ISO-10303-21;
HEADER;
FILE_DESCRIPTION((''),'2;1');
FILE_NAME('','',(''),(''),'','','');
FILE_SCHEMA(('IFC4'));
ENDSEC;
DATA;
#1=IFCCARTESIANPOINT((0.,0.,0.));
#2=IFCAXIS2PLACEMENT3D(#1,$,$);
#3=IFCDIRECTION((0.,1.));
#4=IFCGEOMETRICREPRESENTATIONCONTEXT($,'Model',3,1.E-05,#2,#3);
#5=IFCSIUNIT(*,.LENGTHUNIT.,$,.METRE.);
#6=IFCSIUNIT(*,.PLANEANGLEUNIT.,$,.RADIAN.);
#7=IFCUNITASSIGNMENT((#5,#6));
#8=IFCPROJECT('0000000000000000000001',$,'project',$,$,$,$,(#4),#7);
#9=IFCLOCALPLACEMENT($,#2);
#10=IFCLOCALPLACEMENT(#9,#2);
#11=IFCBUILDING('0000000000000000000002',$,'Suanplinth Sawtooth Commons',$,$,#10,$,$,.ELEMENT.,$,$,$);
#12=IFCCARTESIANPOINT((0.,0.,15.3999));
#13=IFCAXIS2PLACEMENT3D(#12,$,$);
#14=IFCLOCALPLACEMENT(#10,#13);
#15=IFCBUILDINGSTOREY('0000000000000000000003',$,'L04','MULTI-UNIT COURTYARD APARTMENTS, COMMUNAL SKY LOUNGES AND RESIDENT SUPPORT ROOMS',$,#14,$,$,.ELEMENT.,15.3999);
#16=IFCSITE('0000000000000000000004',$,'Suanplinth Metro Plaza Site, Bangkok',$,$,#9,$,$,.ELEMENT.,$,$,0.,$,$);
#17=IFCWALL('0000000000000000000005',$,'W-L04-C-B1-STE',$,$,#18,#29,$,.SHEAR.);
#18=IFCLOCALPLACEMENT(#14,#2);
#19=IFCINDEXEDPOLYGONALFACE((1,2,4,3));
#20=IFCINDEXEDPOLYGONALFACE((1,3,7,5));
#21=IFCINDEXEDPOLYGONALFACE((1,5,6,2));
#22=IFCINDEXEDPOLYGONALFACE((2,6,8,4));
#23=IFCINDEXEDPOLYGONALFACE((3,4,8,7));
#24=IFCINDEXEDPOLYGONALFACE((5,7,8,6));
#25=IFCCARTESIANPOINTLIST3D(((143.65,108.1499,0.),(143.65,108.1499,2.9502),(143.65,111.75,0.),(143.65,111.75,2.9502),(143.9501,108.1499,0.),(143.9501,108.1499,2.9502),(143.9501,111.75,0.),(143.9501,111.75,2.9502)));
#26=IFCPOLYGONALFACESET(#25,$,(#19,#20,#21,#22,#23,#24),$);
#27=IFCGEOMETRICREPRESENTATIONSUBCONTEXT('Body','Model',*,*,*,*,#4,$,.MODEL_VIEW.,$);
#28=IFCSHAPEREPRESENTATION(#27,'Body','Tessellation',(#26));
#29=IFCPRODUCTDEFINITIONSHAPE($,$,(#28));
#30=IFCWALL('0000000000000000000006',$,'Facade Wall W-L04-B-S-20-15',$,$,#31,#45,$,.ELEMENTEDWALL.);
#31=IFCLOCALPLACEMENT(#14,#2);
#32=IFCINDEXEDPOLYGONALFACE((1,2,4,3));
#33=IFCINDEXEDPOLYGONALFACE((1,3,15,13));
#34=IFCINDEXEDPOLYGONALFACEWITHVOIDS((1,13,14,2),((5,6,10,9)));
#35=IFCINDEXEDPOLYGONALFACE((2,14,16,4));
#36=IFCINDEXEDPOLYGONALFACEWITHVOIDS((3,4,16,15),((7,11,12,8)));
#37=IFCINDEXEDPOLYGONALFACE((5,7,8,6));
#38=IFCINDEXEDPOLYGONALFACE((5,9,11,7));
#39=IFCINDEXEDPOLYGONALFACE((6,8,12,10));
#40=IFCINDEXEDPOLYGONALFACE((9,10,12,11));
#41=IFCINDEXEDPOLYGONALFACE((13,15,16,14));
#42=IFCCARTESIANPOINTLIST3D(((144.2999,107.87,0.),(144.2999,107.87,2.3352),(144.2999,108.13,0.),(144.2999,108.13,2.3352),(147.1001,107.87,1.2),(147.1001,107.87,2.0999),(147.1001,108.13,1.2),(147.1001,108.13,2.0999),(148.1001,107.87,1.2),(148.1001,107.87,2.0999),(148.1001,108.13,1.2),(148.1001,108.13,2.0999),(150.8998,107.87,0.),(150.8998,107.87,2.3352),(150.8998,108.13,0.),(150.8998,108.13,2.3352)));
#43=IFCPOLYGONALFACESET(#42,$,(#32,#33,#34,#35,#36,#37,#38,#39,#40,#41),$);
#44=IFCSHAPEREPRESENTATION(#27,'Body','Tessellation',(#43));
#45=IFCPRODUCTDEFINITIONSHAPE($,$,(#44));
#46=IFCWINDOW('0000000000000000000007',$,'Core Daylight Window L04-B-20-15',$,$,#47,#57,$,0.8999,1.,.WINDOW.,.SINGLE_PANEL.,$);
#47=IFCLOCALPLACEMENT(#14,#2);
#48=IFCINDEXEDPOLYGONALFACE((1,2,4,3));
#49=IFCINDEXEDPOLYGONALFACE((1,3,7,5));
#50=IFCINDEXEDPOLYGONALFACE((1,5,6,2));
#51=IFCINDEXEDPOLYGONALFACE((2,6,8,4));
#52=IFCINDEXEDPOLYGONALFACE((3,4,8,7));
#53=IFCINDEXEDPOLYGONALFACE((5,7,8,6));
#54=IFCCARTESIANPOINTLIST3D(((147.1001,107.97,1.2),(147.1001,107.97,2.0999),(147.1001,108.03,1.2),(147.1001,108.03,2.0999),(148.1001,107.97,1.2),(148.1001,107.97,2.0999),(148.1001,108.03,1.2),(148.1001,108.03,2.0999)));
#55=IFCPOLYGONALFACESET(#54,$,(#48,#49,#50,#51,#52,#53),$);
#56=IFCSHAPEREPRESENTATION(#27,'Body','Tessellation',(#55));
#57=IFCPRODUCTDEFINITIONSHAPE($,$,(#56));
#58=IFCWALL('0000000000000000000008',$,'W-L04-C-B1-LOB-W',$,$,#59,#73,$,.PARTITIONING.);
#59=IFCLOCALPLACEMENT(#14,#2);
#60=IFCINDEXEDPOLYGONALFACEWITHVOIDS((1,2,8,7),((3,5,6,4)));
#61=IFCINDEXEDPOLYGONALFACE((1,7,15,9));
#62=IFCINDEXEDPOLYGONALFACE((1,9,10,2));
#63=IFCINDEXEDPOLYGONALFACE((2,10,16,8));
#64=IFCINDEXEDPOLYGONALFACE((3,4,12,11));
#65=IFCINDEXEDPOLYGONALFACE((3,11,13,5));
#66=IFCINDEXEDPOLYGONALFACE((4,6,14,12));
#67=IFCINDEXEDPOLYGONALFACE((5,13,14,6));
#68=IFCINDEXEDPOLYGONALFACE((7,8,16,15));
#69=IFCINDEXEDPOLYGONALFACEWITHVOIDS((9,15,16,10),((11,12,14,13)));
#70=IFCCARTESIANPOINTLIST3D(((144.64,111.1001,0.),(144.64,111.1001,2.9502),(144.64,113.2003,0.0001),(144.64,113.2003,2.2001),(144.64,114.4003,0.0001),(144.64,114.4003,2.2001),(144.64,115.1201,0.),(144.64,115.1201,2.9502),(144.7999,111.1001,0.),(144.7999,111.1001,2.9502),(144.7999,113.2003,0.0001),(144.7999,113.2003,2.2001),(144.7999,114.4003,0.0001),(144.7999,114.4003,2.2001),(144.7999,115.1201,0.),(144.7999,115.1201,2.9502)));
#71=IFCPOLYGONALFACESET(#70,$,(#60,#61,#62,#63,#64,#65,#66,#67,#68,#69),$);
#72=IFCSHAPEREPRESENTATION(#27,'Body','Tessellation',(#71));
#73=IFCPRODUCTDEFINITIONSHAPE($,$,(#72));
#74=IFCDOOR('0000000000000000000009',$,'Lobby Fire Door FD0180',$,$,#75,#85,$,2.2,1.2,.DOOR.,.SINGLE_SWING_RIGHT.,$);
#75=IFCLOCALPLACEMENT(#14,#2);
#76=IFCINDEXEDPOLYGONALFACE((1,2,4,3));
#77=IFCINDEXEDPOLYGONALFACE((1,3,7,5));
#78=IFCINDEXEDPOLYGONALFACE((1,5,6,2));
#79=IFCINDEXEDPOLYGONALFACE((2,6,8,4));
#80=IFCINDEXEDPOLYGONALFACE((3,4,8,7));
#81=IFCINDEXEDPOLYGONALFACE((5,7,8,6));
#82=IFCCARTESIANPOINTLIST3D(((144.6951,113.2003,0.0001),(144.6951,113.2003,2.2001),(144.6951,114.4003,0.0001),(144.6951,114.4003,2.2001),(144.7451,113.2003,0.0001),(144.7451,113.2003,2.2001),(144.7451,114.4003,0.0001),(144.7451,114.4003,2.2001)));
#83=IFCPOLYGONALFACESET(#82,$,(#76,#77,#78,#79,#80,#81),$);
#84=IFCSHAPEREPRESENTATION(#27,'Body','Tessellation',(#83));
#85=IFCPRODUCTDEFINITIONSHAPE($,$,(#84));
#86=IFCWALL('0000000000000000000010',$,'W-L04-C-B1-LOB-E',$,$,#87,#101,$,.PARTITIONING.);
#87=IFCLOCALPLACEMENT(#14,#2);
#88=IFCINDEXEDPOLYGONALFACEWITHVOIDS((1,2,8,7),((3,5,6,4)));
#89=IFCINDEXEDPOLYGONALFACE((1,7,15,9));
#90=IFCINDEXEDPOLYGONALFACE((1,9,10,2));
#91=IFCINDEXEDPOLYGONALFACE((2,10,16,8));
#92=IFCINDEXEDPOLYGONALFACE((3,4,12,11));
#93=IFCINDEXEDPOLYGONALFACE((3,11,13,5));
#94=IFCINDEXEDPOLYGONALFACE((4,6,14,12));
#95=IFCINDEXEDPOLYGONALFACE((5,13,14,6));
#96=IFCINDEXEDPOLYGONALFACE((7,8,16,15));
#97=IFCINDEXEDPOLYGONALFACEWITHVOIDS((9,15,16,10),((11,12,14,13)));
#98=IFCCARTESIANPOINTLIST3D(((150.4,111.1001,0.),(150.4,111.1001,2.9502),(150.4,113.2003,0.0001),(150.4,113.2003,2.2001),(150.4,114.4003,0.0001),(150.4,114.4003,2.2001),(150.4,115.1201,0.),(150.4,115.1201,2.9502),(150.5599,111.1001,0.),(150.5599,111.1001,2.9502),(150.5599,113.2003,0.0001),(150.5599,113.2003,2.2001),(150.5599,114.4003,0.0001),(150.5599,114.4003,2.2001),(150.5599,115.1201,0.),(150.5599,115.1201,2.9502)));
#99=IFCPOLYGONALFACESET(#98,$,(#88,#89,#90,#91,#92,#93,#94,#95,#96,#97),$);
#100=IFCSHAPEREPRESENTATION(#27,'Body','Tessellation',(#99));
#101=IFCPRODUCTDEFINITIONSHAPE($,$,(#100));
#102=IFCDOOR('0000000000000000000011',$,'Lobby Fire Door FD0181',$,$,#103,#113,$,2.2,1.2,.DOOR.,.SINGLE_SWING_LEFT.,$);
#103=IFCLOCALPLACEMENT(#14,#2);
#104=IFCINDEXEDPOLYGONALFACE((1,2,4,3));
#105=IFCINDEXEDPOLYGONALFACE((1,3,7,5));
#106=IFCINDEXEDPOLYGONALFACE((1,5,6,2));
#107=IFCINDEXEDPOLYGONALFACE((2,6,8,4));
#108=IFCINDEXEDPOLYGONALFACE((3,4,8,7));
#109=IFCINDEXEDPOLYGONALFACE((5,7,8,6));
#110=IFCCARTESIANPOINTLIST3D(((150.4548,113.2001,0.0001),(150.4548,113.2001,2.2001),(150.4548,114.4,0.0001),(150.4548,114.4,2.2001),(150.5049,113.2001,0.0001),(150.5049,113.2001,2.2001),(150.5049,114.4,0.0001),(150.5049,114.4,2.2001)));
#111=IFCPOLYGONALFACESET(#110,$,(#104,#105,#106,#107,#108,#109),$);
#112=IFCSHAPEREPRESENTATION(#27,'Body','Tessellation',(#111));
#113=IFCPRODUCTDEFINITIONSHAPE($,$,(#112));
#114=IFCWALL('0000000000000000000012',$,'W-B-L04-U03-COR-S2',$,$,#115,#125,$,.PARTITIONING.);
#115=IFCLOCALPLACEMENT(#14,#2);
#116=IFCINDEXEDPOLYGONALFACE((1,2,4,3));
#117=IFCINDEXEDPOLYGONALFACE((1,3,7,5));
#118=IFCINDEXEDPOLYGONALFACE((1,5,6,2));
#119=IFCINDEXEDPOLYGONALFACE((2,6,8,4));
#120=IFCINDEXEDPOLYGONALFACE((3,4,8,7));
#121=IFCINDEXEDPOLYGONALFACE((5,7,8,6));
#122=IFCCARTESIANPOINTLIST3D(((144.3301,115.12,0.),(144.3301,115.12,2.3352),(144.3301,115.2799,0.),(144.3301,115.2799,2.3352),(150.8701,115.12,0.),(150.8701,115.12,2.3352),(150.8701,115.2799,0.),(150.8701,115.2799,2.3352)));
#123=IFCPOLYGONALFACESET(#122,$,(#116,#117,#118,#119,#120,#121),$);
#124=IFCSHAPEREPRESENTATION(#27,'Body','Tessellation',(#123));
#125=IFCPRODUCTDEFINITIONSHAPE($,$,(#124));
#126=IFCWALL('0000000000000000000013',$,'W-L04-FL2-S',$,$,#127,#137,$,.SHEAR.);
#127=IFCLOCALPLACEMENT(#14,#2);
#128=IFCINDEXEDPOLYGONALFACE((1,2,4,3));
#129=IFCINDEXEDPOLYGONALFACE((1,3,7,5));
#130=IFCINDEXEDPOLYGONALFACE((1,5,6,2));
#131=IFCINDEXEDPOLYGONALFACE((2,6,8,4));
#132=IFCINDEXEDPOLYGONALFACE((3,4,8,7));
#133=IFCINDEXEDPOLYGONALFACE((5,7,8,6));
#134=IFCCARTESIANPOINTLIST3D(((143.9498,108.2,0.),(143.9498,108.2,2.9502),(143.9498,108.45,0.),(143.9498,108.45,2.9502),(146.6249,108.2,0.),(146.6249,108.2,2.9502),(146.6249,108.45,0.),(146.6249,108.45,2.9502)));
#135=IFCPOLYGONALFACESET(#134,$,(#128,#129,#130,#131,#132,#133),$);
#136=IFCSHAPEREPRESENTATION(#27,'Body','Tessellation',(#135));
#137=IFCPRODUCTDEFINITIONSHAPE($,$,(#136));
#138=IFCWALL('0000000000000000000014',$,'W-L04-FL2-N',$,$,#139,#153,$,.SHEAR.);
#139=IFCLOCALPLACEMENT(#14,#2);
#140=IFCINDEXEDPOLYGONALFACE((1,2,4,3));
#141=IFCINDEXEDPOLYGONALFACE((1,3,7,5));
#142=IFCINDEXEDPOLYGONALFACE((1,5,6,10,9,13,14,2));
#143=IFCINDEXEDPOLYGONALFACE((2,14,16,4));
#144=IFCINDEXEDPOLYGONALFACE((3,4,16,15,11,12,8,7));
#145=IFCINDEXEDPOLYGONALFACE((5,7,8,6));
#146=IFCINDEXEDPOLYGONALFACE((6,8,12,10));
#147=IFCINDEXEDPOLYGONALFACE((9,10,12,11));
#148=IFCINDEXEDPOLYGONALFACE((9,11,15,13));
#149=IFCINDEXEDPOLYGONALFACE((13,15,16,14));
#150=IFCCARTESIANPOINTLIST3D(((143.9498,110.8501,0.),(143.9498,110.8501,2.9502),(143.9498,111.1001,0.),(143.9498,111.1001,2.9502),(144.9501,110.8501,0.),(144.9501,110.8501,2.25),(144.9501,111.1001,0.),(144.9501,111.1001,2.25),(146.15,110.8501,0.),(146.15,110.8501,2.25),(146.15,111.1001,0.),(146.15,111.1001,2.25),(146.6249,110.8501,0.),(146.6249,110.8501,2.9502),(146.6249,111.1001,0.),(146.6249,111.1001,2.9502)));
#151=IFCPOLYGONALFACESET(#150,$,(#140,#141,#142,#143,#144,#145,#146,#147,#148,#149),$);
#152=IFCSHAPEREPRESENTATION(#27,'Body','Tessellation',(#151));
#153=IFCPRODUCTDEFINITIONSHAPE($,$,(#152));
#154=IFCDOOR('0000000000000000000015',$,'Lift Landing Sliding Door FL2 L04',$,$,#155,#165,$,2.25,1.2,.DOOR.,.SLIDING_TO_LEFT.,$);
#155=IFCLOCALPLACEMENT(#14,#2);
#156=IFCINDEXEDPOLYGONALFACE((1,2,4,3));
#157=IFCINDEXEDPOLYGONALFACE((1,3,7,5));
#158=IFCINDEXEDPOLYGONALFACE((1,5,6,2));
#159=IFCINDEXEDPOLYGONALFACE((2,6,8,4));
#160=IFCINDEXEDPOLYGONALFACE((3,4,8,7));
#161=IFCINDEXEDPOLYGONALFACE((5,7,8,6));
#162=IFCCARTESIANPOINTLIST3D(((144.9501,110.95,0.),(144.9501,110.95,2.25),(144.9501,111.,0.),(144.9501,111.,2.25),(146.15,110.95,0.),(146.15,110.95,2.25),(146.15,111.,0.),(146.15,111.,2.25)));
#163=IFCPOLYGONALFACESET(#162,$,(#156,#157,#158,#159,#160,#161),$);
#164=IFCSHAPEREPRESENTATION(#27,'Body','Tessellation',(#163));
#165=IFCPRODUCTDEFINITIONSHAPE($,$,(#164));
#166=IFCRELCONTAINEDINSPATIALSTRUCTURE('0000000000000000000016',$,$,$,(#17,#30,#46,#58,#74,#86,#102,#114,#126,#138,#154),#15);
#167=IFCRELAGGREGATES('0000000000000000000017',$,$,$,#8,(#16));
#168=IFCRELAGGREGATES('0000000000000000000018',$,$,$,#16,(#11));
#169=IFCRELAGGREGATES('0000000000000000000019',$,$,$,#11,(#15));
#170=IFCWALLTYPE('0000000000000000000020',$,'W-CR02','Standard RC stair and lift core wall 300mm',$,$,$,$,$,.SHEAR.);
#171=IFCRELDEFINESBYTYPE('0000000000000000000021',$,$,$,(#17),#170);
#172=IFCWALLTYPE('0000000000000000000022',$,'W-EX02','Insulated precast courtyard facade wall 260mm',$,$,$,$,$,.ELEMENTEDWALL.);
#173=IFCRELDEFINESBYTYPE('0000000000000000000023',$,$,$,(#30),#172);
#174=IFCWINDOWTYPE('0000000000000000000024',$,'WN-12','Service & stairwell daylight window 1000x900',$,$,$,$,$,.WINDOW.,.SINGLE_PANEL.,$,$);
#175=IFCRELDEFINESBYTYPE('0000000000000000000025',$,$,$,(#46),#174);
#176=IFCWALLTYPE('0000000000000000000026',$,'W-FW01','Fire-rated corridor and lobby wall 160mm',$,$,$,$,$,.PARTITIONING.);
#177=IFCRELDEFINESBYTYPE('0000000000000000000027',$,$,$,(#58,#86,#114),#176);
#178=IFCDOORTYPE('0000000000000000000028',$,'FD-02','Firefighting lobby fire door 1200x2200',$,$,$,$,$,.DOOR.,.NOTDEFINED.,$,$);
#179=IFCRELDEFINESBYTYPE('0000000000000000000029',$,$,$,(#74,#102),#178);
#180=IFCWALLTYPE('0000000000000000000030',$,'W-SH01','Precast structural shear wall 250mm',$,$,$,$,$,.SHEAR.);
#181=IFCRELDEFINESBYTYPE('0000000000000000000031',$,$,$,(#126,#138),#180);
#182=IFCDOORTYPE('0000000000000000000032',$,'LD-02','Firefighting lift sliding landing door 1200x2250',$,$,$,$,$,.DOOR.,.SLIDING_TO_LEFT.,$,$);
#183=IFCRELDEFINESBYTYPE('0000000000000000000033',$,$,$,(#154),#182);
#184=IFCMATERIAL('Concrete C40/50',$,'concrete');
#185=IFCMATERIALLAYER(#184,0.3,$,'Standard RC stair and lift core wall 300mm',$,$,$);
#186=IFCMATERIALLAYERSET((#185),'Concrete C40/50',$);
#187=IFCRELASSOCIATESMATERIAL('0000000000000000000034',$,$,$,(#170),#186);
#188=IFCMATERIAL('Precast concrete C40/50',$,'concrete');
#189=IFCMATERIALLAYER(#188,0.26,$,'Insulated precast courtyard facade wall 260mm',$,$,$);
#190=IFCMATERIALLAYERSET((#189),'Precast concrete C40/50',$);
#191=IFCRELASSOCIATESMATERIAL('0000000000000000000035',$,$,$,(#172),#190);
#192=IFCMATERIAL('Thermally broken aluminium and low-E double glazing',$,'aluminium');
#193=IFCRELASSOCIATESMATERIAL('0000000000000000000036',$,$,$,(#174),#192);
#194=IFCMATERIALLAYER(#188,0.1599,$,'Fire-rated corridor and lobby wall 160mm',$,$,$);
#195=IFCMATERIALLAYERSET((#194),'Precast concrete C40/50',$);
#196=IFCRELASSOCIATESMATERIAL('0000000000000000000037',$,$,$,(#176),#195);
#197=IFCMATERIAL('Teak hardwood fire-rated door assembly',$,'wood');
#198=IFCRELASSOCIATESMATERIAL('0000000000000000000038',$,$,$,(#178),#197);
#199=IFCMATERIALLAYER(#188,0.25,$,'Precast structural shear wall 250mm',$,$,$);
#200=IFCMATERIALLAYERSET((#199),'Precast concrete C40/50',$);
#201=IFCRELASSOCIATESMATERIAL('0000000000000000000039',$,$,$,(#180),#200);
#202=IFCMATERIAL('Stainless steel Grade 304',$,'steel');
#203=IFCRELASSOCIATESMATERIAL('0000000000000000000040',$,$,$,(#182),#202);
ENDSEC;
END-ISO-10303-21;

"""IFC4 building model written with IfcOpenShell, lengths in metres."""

from ifc_helpers import new_model, si_unit, direction, frame, frame_2d, origin, place, context, subcontext, project, spatial, rectangle, extrude, material, layer, layer_set, type_object, element, fill, save


model = new_model("IFC4")

# Units and contexts
model_context = context("Model", 3, precision=1e-05, world=origin(), true_north=direction((0.0, 1.0)))
body_context = subcontext(model_context, "Body", "Model", "MODEL_VIEW")
ifc_project = project(units=[si_unit("LENGTHUNIT", "METRE"), si_unit("PLANEANGLEUNIT", "RADIAN")], contexts=[model_context])

# Site, building, storey
site_placement = place(None, origin())
site = spatial("IfcSite", under=ifc_project, at=site_placement, Name="Suanplinth Metro Plaza Site, Bangkok", CompositionType="ELEMENT", RefElevation=0.0)
building_placement = place(site_placement, origin())
building = spatial("IfcBuilding", under=site, at=building_placement, Name="Suanplinth Sawtooth Commons", CompositionType="ELEMENT")
storey_placement = place(building_placement, frame((0.0, 0.0, 15.3999)))
storey = spatial("IfcBuildingStorey", under=building, at=storey_placement, Name="L04", Description="MULTI-UNIT COURTYARD APARTMENTS, COMMUNAL SKY LOUNGES AND RESIDENT SUPPORT ROOMS", CompositionType="ELEMENT", Elevation=15.3999)

# Shared definitions
ifc_material_1 = material(Name="Precast concrete C40/50", Category="concrete")

# Wall
ifc_material_2 = material(Name="Concrete C40/50", Category="concrete")
ifc_layer_1 = layer(ifc_material_2, 0.3, Name="Standard RC stair and lift core wall 300mm")
ifc_layer_set_1 = layer_set([ifc_layer_1], Name="Concrete C40/50")
wall_type_1 = type_object("IfcWallType", Name="W-CR02", Description="Standard RC stair and lift core wall 300mm", PredefinedType="SHEAR", material=ifc_layer_set_1)
wall_1_placement = place(storey_placement, frame((143.8, 108.1499, 0.0), z_axis=(0.0, 0.0, 1.0), x_axis=(0.0, 1.0, 0.0)))
element("IfcWall", 1, at=wall_1_placement, inside=storey, type_object=wall_type_1, Name="W-L04-C-B1-STE", PredefinedType="SHEAR", context=body_context, shape_type="SweptSolid", body=[
    extrude(rectangle(XDim=3.6001, YDim=0.3, at=frame_2d((1.8, 0.0))), origin(), (0.0, 0.0, 1.0), 2.9502),
])

# Wall, opening, window
ifc_layer_2 = layer(ifc_material_1, 0.26, Name="Insulated precast courtyard facade wall 260mm")
ifc_layer_set_2 = layer_set([ifc_layer_2], Name="Precast concrete C40/50")
wall_type_2 = type_object("IfcWallType", Name="W-EX02", Description="Insulated precast courtyard facade wall 260mm", PredefinedType="ELEMENTEDWALL", material=ifc_layer_set_2)
wall_2_placement = place(storey_placement, frame((144.3, 108.0, 0.0), z_axis=(0.0, 0.0, 1.0), x_axis=(1.0, 0.0, 0.0)))
wall_2 = element("IfcWall", 2, at=wall_2_placement, inside=storey, type_object=wall_type_2, Name="Facade Wall W-L04-B-S-20-15", PredefinedType="ELEMENTEDWALL", context=body_context, shape_type="SweptSolid", body=[
    extrude(rectangle(XDim=6.5999, YDim=0.26, at=frame_2d((3.2998, 0.0))), origin(), (0.0, 0.0, 1.0), 2.3352),
])
opening_1_placement = place(wall_2_placement, frame((2.8, 0.0, 1.2)))
opening_1 = element("IfcOpeningElement", 3, at=opening_1_placement, cuts=wall_2, PredefinedType="OPENING", context=body_context, shape_type="SweptSolid", body=[
    extrude(rectangle(XDim=1.0, YDim=0.8999, at=frame_2d((0.5, 0.45))), frame((0.0, 0.145, 0.0), z_axis=(0.0, -1.0, 0.0), x_axis=(1.0, 0.0, 0.0)), (0.0, 0.0, 1.0), 0.2898),
])
ifc_material_3 = material(Name="Thermally broken aluminium and low-E double glazing", Category="aluminium")
window_type = type_object("IfcWindowType", Name="WN-12", Description="Service & stairwell daylight window 1000x900", PartitioningType="SINGLE_PANEL", PredefinedType="WINDOW", material=ifc_material_3)
window_placement = place(opening_1_placement, origin())
window = element("IfcWindow", 4, at=window_placement, inside=storey, type_object=window_type, Name="Core Daylight Window L04-B-20-15", OverallHeight=0.8999, OverallWidth=1.0, PartitioningType="SINGLE_PANEL", PredefinedType="WINDOW", context=body_context, shape_type="SweptSolid", body=[
    extrude(rectangle(XDim=1.0, YDim=0.8999, at=frame_2d((0.5, 0.45))), frame((0.0, 0.03, 0.0), z_axis=(0.0, -1.0, 0.0), x_axis=(1.0, 0.0, 0.0)), (0.0, 0.0, 1.0), 0.0601),
])
fill(opening_1, window)

# Walls, openings, doors
ifc_layer_3 = layer(ifc_material_1, 0.1599, Name="Fire-rated corridor and lobby wall 160mm")
ifc_layer_set_3 = layer_set([ifc_layer_3], Name="Precast concrete C40/50")
wall_type_3 = type_object("IfcWallType", Name="W-FW01", Description="Fire-rated corridor and lobby wall 160mm", PredefinedType="PARTITIONING", material=ifc_layer_set_3)
wall_3_placement = place(storey_placement, frame((144.72, 111.1001, 0.0), z_axis=(0.0, 0.0, 1.0), x_axis=(0.0, 1.0, 0.0)))
wall_3 = element("IfcWall", 5, at=wall_3_placement, inside=storey, type_object=wall_type_3, Name="W-L04-C-B1-LOB-W", PredefinedType="PARTITIONING", context=body_context, shape_type="SweptSolid", body=[
    extrude(rectangle(XDim=4.02, YDim=0.1599, at=frame_2d((2.01, 0.0))), origin(), (0.0, 0.0, 1.0), 2.9502),
])
opening_2_placement = place(wall_3_placement, frame((2.1001, 0.0, 0.0)))
opening_2 = element("IfcOpeningElement", 6, at=opening_2_placement, cuts=wall_3, PredefinedType="OPENING", context=body_context, shape_type="SweptSolid", body=[
    extrude(rectangle(XDim=1.2, YDim=2.2, at=frame_2d((0.6001, 1.1001))), frame((0.0, 0.0947, 0.0), z_axis=(0.0, -1.0, 0.0), x_axis=(1.0, 0.0, 0.0)), (0.0, 0.0, 1.0), 0.1897),
])
ifc_material_4 = material(Name="Teak hardwood fire-rated door assembly", Category="wood")
door_type_1 = type_object("IfcDoorType", Name="FD-02", Description="Firefighting lobby fire door 1200x2200", OperationType="NOTDEFINED", PredefinedType="DOOR", material=ifc_material_4)
door_1_placement = place(opening_2_placement, origin())
door_1 = element("IfcDoor", 7, at=door_1_placement, inside=storey, type_object=door_type_1, Name="Lobby Fire Door FD0180", OperationType="SINGLE_SWING_RIGHT", OverallHeight=2.2, OverallWidth=1.2, PredefinedType="DOOR", context=body_context, shape_type="SweptSolid", body=[
    extrude(rectangle(XDim=1.2, YDim=2.2, at=frame_2d((0.6001, 1.1001))), frame((0.0, 0.0249, 0.0), z_axis=(0.0, -1.0, 0.0), x_axis=(1.0, 0.0, 0.0)), (0.0, 0.0, 1.0), 0.05),
])
fill(opening_2, door_1)
wall_4_placement = place(storey_placement, frame((150.48, 111.1001, 0.0), z_axis=(0.0, 0.0, 1.0), x_axis=(0.0, 1.0, 0.0)))
wall_4 = element("IfcWall", 8, at=wall_4_placement, inside=storey, type_object=wall_type_3, Name="W-L04-C-B1-LOB-E", PredefinedType="PARTITIONING", context=body_context, shape_type="SweptSolid", body=[
    extrude(rectangle(XDim=4.02, YDim=0.1599, at=frame_2d((2.01, 0.0))), origin(), (0.0, 0.0, 1.0), 2.9502),
])
opening_3_placement = place(wall_4_placement, frame((2.1001, 0.0, 0.0)))
opening_3 = element("IfcOpeningElement", 9, at=opening_3_placement, cuts=wall_4, PredefinedType="OPENING", context=body_context, shape_type="SweptSolid", body=[
    extrude(rectangle(XDim=1.2, YDim=2.2, at=frame_2d((0.6001, 1.1001))), frame((0.0, 0.0947, 0.0), z_axis=(0.0, -1.0, 0.0), x_axis=(1.0, 0.0, 0.0)), (0.0, 0.0, 1.0), 0.1897),
])
door_2_placement = place(opening_3_placement, frame((1.2, 0.0, 0.0), z_axis=(0.0, 0.0, 1.0), x_axis=(-1.0, 0.0, 0.0)))
door_2 = element("IfcDoor", 10, at=door_2_placement, inside=storey, type_object=door_type_1, Name="Lobby Fire Door FD0181", OperationType="SINGLE_SWING_LEFT", OverallHeight=2.2, OverallWidth=1.2, PredefinedType="DOOR", context=body_context, shape_type="SweptSolid", body=[
    extrude(rectangle(XDim=1.2, YDim=2.2, at=frame_2d((0.6001, 1.1001))), frame((0.0, 0.0249, 0.0), z_axis=(0.0, -1.0, 0.0), x_axis=(1.0, 0.0, 0.0)), (0.0, 0.0, 1.0), 0.05),
])
fill(opening_3, door_2)

# Walls
wall_5_placement = place(storey_placement, frame((144.3301, 115.2, 0.0), z_axis=(0.0, 0.0, 1.0), x_axis=(1.0, 0.0, 0.0)))
element("IfcWall", 11, at=wall_5_placement, inside=storey, type_object=wall_type_3, Name="W-B-L04-U03-COR-S2", PredefinedType="PARTITIONING", context=body_context, shape_type="SweptSolid", body=[
    extrude(rectangle(XDim=6.54, YDim=0.1599, at=frame_2d((3.27, 0.0))), origin(), (0.0, 0.0, 1.0), 2.3352),
])
ifc_layer_4 = layer(ifc_material_1, 0.25, Name="Precast structural shear wall 250mm")
ifc_layer_set_4 = layer_set([ifc_layer_4], Name="Precast concrete C40/50")
wall_type_4 = type_object("IfcWallType", Name="W-SH01", Description="Precast structural shear wall 250mm", PredefinedType="SHEAR", material=ifc_layer_set_4)
wall_6_placement = place(storey_placement, frame((143.95, 108.325, 0.0), z_axis=(0.0, 0.0, 1.0), x_axis=(1.0, 0.0, 0.0)))
element("IfcWall", 12, at=wall_6_placement, inside=storey, type_object=wall_type_4, Name="W-L04-FL2-S", PredefinedType="SHEAR", context=body_context, shape_type="SweptSolid", body=[
    extrude(rectangle(XDim=2.675, YDim=0.25, at=frame_2d((1.3374, 0.0))), origin(), (0.0, 0.0, 1.0), 2.9502),
])

# Wall, opening, door
wall_7_placement = place(storey_placement, frame((143.95, 110.9751, 0.0), z_axis=(0.0, 0.0, 1.0), x_axis=(1.0, 0.0, 0.0)))
wall_7 = element("IfcWall", 13, at=wall_7_placement, inside=storey, type_object=wall_type_4, Name="W-L04-FL2-N", PredefinedType="SHEAR", context=body_context, shape_type="SweptSolid", body=[
    extrude(rectangle(XDim=2.675, YDim=0.25, at=frame_2d((1.3374, 0.0))), origin(), (0.0, 0.0, 1.0), 2.9502),
])
opening_4_placement = place(wall_7_placement, frame((1.0, 0.0, 0.0)))
opening_4 = element("IfcOpeningElement", 14, at=opening_4_placement, cuts=wall_7, PredefinedType="OPENING", context=body_context, shape_type="SweptSolid", body=[
    extrude(rectangle(XDim=1.2, YDim=2.25, at=frame_2d((0.6001, 1.125))), frame((0.0, 0.1399, 0.0), z_axis=(0.0, -1.0, 0.0), x_axis=(1.0, 0.0, 0.0)), (0.0, 0.0, 1.0), 0.2798),
])
ifc_material_5 = material(Name="Stainless steel Grade 304", Category="steel")
door_type_2 = type_object("IfcDoorType", Name="LD-02", Description="Firefighting lift sliding landing door 1200x2250", OperationType="SLIDING_TO_LEFT", PredefinedType="DOOR", material=ifc_material_5)
door_3_placement = place(opening_4_placement, origin())
door_3 = element("IfcDoor", 15, at=door_3_placement, inside=storey, type_object=door_type_2, Name="Lift Landing Sliding Door FL2 L04", OperationType="SLIDING_TO_LEFT", OverallHeight=2.25, OverallWidth=1.2, PredefinedType="DOOR", context=body_context, shape_type="SweptSolid", body=[
    extrude(rectangle(XDim=1.2, YDim=2.25, at=frame_2d((0.6001, 1.125))), frame((0.0, 0.0249, 0.0), z_axis=(0.0, -1.0, 0.0), x_axis=(1.0, 0.0, 0.0)), (0.0, 0.0, 1.0), 0.05),
])
fill(opening_4, door_3)

save(model, "model.ifc")
